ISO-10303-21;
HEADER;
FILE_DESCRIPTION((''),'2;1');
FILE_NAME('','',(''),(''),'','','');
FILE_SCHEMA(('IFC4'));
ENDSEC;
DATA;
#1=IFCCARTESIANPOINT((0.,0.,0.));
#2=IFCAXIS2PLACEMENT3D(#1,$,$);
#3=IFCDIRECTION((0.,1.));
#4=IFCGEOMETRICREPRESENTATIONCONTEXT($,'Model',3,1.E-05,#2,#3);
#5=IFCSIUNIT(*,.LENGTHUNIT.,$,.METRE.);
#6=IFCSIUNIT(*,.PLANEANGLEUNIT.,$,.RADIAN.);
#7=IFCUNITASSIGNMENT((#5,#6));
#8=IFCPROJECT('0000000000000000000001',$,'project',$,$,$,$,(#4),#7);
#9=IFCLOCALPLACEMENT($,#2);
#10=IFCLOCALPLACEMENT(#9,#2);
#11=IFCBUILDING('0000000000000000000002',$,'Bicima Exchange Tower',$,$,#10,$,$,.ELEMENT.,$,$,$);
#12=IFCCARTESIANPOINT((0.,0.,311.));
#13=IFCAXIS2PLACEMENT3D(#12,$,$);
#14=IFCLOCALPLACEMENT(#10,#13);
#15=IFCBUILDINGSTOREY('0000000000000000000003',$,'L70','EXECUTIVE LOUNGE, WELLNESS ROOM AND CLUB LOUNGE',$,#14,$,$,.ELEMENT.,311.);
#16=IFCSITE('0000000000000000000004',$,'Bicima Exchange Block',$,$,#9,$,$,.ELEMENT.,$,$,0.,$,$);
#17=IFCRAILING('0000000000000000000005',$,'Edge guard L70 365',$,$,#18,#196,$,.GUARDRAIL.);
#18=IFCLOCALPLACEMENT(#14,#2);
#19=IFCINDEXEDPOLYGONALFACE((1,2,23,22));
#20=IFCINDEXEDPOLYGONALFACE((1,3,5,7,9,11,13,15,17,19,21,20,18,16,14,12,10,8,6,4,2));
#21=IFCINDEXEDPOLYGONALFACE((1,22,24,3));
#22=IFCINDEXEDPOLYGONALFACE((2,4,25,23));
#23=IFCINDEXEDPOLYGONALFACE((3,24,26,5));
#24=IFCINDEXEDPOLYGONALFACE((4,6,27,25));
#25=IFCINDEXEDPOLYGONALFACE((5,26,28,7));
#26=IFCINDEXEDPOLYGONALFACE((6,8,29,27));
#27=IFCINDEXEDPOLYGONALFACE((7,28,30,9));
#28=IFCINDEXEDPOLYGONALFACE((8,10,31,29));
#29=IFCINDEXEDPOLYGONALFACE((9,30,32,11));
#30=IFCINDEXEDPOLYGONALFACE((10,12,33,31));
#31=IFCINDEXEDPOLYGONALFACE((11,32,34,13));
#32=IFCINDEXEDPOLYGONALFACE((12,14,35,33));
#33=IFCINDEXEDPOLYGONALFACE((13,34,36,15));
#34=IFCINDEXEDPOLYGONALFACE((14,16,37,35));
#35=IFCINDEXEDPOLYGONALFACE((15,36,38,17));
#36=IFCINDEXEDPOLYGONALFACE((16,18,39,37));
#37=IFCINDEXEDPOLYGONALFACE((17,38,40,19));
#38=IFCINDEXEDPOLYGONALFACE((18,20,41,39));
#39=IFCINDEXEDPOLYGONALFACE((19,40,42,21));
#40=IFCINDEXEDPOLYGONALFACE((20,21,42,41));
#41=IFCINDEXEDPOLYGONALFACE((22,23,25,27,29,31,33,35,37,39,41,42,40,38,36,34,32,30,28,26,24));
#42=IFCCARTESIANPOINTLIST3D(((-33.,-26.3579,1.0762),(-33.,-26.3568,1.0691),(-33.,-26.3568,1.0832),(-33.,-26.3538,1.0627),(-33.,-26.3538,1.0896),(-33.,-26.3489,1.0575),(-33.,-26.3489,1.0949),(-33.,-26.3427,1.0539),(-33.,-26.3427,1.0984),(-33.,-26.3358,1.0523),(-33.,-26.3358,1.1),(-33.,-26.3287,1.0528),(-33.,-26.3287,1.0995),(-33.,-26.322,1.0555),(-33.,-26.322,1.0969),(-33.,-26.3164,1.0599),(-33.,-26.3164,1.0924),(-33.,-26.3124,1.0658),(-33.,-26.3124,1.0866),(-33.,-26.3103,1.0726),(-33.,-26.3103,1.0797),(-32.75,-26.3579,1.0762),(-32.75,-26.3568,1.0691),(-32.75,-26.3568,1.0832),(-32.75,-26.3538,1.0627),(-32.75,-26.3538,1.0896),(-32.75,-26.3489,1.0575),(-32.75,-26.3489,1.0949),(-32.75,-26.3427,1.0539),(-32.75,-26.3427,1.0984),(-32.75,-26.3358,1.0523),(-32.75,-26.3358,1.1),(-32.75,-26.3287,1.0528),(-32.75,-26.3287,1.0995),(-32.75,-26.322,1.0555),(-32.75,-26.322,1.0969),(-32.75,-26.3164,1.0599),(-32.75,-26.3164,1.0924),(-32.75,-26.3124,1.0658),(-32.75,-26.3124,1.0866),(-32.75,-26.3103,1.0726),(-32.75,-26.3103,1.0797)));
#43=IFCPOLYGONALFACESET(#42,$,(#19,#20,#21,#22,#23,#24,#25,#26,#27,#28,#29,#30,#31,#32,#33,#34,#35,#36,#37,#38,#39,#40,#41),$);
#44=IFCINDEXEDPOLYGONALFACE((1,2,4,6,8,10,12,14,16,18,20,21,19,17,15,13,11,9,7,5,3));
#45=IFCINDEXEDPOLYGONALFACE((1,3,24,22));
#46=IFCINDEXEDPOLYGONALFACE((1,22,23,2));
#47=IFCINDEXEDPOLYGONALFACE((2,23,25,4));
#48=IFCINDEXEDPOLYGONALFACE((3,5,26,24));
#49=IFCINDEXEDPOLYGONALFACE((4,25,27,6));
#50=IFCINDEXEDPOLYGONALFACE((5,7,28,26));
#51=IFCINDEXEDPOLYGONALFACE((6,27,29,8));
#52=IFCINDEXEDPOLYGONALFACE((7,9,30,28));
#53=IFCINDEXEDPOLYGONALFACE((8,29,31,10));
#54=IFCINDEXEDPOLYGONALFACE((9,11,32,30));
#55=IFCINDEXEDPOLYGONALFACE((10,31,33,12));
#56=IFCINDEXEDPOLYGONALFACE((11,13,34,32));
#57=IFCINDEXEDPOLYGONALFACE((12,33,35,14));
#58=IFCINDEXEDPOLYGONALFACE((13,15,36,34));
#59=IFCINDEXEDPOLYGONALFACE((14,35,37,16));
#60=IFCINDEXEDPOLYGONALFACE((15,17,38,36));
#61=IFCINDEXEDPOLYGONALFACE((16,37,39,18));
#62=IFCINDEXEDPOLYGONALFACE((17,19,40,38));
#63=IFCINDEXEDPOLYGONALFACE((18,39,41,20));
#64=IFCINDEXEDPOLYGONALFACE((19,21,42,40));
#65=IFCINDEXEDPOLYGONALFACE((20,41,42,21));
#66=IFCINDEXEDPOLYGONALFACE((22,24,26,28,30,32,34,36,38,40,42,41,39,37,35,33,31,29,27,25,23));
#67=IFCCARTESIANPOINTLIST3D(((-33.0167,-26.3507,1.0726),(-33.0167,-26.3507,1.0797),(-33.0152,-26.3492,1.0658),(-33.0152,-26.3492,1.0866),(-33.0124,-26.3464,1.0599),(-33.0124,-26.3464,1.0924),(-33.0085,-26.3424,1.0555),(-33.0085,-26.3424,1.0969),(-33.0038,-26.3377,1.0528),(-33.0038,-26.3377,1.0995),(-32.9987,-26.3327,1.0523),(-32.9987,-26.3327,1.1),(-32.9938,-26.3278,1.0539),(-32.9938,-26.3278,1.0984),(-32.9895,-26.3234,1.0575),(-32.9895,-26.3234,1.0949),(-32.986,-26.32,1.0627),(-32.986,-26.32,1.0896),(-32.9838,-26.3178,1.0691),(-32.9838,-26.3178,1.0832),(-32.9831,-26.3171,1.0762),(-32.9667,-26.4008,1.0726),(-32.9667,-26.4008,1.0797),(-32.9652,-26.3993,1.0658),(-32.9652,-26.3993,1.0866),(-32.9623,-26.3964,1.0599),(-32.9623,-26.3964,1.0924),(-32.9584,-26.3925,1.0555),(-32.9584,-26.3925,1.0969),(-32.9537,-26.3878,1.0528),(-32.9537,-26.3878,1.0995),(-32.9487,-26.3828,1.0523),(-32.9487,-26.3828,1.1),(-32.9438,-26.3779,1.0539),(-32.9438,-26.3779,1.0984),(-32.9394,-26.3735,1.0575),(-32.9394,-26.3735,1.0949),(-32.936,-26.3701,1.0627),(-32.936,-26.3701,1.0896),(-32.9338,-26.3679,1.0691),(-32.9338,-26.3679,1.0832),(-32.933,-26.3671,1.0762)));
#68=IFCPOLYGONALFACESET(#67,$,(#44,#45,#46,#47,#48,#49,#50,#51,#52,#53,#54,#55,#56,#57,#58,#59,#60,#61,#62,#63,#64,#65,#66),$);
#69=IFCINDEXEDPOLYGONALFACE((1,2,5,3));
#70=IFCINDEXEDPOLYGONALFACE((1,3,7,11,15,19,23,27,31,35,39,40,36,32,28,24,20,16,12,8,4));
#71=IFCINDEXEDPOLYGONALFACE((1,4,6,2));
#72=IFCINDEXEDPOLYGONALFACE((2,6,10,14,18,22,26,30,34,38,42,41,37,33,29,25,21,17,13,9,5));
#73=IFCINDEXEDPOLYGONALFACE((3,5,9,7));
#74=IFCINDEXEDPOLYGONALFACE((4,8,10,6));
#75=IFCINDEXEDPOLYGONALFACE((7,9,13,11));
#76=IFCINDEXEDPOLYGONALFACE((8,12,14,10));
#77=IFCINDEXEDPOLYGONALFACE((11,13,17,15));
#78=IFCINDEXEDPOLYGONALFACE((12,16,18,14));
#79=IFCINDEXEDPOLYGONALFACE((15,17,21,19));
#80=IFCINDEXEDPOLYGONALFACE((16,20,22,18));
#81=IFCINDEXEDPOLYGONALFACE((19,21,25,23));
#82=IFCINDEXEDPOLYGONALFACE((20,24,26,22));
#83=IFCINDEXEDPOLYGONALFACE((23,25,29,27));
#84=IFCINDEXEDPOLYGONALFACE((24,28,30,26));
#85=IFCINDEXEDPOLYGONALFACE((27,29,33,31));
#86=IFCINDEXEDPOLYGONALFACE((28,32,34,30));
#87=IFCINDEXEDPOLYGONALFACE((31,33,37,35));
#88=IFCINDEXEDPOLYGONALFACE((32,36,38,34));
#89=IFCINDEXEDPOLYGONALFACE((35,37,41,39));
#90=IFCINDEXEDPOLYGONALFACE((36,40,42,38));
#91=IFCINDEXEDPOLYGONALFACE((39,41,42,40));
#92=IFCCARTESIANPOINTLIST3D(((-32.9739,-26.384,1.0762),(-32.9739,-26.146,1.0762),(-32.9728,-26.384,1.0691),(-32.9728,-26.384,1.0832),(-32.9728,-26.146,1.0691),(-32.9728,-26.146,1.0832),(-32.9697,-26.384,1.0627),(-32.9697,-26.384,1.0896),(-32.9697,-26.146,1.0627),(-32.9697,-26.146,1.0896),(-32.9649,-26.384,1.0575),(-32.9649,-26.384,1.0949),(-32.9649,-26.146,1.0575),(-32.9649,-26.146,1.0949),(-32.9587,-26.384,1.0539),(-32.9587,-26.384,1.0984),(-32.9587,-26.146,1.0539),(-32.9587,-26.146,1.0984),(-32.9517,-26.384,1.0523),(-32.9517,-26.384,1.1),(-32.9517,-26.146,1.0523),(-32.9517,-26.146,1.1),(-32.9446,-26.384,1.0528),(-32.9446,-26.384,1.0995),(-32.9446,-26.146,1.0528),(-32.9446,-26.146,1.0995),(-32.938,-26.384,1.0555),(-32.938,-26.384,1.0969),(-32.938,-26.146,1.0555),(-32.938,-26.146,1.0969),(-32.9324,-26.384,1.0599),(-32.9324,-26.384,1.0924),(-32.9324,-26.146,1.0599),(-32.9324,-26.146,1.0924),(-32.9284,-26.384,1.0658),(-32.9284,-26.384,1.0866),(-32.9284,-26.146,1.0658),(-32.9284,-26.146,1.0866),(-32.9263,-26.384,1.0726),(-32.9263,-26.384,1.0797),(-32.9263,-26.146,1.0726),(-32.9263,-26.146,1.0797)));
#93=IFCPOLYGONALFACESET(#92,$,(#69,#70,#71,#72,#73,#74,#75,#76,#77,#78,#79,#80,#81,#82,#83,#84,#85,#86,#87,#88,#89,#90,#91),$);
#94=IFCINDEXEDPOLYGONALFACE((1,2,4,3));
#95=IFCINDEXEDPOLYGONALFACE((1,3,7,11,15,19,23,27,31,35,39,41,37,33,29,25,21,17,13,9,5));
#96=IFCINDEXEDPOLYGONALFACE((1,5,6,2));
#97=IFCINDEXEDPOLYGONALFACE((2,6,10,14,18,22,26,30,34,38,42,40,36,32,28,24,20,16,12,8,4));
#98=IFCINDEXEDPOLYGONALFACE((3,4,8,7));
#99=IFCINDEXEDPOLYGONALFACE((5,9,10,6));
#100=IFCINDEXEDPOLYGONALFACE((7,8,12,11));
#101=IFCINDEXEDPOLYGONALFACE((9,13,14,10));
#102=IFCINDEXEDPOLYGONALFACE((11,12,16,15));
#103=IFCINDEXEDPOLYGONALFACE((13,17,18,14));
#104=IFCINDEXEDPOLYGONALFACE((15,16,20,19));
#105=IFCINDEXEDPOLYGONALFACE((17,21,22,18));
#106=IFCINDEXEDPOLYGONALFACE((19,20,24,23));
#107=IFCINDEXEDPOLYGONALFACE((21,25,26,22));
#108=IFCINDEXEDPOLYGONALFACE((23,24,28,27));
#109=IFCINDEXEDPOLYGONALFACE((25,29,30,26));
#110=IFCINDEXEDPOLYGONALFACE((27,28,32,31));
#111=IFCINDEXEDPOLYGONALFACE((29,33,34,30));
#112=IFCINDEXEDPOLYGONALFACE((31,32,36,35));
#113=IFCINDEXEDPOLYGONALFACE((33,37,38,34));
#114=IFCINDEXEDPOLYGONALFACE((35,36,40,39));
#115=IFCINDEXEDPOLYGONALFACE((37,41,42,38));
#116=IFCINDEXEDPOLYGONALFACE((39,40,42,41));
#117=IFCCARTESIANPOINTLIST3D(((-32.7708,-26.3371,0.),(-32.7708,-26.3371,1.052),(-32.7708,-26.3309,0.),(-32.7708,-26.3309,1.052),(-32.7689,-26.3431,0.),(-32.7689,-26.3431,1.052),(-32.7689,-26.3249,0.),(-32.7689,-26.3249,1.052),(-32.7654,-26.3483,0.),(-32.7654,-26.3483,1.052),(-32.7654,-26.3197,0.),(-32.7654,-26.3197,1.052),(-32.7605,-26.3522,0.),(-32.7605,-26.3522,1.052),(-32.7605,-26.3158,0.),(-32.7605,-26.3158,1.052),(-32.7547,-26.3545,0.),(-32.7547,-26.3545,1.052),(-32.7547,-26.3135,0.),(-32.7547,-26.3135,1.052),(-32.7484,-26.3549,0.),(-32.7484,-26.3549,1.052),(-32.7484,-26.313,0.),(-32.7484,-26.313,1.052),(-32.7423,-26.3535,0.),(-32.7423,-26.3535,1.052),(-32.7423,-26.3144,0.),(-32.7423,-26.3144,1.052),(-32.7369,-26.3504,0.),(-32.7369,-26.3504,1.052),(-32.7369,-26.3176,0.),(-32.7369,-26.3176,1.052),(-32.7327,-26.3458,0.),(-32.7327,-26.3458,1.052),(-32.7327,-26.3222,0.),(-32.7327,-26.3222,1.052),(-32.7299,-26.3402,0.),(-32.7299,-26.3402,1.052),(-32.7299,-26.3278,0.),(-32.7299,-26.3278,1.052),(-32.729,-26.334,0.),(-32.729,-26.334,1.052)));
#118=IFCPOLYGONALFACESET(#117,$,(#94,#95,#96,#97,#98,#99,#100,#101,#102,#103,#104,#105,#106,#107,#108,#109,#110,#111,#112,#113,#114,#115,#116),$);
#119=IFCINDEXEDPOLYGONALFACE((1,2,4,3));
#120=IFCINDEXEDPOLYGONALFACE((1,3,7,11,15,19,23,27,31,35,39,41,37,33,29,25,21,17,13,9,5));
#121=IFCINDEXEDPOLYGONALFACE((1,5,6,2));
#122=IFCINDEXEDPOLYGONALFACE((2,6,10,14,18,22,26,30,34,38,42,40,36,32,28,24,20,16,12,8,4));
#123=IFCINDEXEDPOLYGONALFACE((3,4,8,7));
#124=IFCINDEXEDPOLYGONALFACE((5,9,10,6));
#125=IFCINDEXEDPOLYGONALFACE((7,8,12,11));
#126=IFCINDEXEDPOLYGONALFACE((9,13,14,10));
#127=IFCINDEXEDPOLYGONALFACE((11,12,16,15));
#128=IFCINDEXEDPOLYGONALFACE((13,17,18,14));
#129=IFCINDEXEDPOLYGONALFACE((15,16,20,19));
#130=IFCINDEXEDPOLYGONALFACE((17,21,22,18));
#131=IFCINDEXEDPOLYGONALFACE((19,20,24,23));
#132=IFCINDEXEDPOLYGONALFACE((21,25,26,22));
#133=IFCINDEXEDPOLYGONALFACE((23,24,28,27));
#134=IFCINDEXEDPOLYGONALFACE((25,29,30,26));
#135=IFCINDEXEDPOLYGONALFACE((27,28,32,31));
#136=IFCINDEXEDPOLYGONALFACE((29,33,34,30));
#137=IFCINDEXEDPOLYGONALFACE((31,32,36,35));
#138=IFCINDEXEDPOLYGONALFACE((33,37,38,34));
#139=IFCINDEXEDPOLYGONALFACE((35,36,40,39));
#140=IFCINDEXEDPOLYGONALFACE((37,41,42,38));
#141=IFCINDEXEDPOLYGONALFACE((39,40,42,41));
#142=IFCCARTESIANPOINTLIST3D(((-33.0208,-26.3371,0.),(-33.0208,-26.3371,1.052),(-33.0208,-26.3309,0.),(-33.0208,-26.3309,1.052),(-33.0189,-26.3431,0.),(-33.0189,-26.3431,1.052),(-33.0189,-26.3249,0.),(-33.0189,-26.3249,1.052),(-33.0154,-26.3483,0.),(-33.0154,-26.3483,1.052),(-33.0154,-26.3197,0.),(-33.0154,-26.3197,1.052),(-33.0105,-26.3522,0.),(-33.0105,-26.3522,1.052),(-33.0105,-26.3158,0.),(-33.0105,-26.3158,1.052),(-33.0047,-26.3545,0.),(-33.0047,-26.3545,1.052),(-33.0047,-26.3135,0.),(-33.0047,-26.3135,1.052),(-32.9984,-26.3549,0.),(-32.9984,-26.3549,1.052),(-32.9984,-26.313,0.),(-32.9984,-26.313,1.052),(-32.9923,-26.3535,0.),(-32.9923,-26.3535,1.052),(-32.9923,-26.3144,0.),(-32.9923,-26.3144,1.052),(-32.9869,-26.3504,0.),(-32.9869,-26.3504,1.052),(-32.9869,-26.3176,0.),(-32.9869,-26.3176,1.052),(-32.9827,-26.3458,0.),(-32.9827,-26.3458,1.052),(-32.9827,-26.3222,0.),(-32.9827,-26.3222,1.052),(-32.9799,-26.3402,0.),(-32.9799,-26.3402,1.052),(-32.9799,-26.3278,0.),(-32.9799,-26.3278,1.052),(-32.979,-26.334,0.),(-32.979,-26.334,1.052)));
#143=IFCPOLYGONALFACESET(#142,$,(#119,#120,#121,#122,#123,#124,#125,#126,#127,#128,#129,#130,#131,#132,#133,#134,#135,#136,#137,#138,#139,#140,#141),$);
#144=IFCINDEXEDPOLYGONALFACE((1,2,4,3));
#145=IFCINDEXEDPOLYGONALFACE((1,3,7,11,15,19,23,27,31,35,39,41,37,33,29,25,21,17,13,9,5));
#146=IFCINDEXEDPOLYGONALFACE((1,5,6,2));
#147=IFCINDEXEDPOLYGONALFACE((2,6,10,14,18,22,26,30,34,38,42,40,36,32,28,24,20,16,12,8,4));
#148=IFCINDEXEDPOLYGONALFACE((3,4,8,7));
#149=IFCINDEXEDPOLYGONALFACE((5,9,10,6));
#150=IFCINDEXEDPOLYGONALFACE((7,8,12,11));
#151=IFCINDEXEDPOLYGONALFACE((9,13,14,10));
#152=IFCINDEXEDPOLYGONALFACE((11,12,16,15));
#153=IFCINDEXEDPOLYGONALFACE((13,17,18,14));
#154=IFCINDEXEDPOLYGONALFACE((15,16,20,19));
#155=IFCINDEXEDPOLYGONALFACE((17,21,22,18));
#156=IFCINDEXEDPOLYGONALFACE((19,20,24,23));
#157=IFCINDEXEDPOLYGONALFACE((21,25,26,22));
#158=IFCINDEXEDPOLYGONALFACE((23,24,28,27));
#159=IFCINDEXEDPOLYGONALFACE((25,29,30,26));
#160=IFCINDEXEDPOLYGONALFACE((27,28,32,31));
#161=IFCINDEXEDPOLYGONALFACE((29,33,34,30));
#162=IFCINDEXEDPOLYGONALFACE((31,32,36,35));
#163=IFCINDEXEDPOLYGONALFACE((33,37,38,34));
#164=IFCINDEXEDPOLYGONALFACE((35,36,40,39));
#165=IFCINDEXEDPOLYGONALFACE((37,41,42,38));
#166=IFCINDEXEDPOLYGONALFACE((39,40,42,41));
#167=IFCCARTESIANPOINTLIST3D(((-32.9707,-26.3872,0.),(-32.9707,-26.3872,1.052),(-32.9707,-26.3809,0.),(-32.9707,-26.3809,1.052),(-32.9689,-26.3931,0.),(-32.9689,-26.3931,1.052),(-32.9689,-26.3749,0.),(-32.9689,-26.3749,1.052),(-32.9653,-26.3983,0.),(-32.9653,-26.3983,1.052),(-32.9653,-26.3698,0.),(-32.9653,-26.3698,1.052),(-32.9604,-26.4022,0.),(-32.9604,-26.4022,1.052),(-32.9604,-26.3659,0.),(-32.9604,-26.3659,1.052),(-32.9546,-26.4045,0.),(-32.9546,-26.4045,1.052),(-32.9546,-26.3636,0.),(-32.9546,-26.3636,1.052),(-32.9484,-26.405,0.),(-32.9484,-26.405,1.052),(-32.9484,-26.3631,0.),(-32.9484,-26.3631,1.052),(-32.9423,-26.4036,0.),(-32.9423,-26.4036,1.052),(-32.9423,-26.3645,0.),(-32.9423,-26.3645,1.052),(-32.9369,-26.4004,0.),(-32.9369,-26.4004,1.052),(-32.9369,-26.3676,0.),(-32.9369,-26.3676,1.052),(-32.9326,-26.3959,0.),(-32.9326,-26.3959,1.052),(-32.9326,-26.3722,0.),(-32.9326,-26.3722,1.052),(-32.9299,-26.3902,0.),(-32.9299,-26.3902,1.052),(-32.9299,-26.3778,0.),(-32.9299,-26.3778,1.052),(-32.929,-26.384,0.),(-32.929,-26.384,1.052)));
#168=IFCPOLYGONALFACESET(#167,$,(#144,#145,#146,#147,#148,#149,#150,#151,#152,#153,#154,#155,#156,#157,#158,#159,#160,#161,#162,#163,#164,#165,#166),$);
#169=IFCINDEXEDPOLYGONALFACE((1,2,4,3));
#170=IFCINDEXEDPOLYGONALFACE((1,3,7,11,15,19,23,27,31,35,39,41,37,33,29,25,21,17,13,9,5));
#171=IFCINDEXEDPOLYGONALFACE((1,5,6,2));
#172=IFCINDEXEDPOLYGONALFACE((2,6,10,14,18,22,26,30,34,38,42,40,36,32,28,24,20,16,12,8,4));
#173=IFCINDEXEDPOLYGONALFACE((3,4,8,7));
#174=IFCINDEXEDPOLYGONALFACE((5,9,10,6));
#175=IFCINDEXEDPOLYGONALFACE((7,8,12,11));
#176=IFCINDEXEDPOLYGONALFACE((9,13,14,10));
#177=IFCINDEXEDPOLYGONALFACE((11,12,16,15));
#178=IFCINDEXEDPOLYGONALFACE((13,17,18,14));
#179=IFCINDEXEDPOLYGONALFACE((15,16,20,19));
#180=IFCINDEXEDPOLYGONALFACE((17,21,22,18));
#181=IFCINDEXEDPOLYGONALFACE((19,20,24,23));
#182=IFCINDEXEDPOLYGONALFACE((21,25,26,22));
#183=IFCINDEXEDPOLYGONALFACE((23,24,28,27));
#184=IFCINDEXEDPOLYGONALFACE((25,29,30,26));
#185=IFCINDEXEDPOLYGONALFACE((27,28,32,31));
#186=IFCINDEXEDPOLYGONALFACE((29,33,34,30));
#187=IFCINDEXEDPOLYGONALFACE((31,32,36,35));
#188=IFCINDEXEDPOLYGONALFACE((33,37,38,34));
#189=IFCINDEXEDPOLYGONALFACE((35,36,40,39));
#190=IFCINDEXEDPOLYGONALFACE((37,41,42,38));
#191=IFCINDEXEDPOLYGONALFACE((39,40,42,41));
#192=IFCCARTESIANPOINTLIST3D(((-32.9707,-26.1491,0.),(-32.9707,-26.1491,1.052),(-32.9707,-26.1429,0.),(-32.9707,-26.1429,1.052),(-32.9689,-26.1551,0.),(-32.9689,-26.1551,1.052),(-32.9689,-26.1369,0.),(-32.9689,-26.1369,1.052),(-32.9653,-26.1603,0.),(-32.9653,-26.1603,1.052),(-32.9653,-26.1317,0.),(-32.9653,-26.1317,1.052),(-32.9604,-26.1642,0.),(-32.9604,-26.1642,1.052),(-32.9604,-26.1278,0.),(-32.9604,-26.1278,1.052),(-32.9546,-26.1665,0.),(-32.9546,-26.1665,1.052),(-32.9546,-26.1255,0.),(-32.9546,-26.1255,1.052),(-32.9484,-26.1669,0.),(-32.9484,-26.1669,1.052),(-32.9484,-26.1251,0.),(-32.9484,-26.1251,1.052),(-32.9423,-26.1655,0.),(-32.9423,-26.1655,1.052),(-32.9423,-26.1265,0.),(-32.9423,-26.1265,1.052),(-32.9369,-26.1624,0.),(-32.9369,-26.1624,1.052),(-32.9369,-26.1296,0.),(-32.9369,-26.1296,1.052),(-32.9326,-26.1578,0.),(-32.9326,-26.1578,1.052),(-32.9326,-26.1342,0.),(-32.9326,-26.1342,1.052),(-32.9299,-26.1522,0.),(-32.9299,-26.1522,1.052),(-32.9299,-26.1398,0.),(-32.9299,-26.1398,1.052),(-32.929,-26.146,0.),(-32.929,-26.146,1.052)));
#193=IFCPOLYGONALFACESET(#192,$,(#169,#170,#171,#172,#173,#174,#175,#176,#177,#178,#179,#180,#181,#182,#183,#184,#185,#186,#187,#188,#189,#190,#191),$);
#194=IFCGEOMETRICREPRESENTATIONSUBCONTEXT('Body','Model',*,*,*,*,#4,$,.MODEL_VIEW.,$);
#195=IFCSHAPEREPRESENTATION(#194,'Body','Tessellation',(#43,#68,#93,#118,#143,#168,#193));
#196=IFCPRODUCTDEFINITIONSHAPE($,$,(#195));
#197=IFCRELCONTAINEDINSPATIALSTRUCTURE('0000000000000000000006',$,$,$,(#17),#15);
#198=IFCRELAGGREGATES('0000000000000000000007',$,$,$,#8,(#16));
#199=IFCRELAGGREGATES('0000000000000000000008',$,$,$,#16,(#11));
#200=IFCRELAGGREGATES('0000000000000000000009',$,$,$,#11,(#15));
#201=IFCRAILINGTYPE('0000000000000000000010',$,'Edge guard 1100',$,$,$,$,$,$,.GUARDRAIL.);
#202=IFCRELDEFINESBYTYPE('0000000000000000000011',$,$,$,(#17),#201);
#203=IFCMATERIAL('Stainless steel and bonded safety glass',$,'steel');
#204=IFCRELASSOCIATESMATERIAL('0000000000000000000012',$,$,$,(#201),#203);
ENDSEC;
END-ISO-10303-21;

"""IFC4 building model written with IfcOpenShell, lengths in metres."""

from ifc_helpers import new_model, si_unit, direction, frame, origin, origin_2d, place, context, subcontext, project, spatial, circle, extrude, material, type_object, element, save


model = new_model("IFC4")

# Units and contexts
model_context = context("Model", 3, precision=1e-05, world=origin(), true_north=direction((0.0, 1.0)))
body_context = subcontext(model_context, "Body", "Model", "MODEL_VIEW")
ifc_project = project(units=[si_unit("LENGTHUNIT", "METRE"), si_unit("PLANEANGLEUNIT", "RADIAN")], contexts=[model_context])

# Site, building, storey
site_placement = place(None, origin())
site = spatial("IfcSite", under=ifc_project, at=site_placement, Name="Bicima Exchange Block", CompositionType="ELEMENT", RefElevation=0.0)
building_placement = place(site_placement, origin())
building = spatial("IfcBuilding", under=site, at=building_placement, Name="Bicima Exchange Tower", CompositionType="ELEMENT")
storey_placement = place(building_placement, frame((0.0, 0.0, 311.0)))
storey = spatial("IfcBuildingStorey", under=building, at=storey_placement, Name="L70", Description="EXECUTIVE LOUNGE, WELLNESS ROOM AND CLUB LOUNGE", CompositionType="ELEMENT", Elevation=311.0)

# Railing
ifc_material_1 = material(Name="Stainless steel and bonded safety glass", Category="steel")
railing_type = type_object("IfcRailingType", Name="Edge guard 1100", PredefinedType="GUARDRAIL", material=ifc_material_1)
railing_1_placement = place(storey_placement, frame((-32.75, -26.334, 0.0)))
element("IfcRailing", 1, at=railing_1_placement, inside=storey, type_object=railing_type, Name="Edge guard L70 365", PredefinedType="GUARDRAIL", context=body_context, shape_type="SweptSolid", body=[
    extrude(circle(Radius=0.0239, at=origin_2d()), frame((0.0, 0.0, 1.0762), z_axis=(-1.0, 0.0, 0.0), x_axis=(0.0, -1.0, 0.0)), (0.0, 0.0, 1.0), 0.25),
    extrude(circle(Radius=0.0239, at=origin_2d()), frame((-0.25, 0.0, 1.0762), z_axis=(0.707107, -0.707107, 0.0), x_axis=(0.707107, 0.707107, 0.0)), (0.0, 0.0, 1.0), 0.0708),
    extrude(circle(Radius=0.0239, at=origin_2d()), frame((-0.2, -0.05, 1.0762), z_axis=(0.0, 1.0, 0.0), x_axis=(-1.0, 0.0, 0.0)), (0.0, 0.0, 1.0), 0.238),
    extrude(circle(Radius=0.021, at=origin_2d()), origin(), (0.0, 0.0, 1.0), 1.052),
    extrude(circle(Radius=0.021, at=origin_2d()), frame((-0.25, 0.0, 0.0)), (0.0, 0.0, 1.0), 1.052),
    extrude(circle(Radius=0.021, at=origin_2d()), frame((-0.2, -0.05, 0.0)), (0.0, 0.0, 1.0), 1.052),
    extrude(circle(Radius=0.021, at=origin_2d()), frame((-0.2, 0.188, 0.0)), (0.0, 0.0, 1.0), 1.052),
])

save(model, "model.ifc")
